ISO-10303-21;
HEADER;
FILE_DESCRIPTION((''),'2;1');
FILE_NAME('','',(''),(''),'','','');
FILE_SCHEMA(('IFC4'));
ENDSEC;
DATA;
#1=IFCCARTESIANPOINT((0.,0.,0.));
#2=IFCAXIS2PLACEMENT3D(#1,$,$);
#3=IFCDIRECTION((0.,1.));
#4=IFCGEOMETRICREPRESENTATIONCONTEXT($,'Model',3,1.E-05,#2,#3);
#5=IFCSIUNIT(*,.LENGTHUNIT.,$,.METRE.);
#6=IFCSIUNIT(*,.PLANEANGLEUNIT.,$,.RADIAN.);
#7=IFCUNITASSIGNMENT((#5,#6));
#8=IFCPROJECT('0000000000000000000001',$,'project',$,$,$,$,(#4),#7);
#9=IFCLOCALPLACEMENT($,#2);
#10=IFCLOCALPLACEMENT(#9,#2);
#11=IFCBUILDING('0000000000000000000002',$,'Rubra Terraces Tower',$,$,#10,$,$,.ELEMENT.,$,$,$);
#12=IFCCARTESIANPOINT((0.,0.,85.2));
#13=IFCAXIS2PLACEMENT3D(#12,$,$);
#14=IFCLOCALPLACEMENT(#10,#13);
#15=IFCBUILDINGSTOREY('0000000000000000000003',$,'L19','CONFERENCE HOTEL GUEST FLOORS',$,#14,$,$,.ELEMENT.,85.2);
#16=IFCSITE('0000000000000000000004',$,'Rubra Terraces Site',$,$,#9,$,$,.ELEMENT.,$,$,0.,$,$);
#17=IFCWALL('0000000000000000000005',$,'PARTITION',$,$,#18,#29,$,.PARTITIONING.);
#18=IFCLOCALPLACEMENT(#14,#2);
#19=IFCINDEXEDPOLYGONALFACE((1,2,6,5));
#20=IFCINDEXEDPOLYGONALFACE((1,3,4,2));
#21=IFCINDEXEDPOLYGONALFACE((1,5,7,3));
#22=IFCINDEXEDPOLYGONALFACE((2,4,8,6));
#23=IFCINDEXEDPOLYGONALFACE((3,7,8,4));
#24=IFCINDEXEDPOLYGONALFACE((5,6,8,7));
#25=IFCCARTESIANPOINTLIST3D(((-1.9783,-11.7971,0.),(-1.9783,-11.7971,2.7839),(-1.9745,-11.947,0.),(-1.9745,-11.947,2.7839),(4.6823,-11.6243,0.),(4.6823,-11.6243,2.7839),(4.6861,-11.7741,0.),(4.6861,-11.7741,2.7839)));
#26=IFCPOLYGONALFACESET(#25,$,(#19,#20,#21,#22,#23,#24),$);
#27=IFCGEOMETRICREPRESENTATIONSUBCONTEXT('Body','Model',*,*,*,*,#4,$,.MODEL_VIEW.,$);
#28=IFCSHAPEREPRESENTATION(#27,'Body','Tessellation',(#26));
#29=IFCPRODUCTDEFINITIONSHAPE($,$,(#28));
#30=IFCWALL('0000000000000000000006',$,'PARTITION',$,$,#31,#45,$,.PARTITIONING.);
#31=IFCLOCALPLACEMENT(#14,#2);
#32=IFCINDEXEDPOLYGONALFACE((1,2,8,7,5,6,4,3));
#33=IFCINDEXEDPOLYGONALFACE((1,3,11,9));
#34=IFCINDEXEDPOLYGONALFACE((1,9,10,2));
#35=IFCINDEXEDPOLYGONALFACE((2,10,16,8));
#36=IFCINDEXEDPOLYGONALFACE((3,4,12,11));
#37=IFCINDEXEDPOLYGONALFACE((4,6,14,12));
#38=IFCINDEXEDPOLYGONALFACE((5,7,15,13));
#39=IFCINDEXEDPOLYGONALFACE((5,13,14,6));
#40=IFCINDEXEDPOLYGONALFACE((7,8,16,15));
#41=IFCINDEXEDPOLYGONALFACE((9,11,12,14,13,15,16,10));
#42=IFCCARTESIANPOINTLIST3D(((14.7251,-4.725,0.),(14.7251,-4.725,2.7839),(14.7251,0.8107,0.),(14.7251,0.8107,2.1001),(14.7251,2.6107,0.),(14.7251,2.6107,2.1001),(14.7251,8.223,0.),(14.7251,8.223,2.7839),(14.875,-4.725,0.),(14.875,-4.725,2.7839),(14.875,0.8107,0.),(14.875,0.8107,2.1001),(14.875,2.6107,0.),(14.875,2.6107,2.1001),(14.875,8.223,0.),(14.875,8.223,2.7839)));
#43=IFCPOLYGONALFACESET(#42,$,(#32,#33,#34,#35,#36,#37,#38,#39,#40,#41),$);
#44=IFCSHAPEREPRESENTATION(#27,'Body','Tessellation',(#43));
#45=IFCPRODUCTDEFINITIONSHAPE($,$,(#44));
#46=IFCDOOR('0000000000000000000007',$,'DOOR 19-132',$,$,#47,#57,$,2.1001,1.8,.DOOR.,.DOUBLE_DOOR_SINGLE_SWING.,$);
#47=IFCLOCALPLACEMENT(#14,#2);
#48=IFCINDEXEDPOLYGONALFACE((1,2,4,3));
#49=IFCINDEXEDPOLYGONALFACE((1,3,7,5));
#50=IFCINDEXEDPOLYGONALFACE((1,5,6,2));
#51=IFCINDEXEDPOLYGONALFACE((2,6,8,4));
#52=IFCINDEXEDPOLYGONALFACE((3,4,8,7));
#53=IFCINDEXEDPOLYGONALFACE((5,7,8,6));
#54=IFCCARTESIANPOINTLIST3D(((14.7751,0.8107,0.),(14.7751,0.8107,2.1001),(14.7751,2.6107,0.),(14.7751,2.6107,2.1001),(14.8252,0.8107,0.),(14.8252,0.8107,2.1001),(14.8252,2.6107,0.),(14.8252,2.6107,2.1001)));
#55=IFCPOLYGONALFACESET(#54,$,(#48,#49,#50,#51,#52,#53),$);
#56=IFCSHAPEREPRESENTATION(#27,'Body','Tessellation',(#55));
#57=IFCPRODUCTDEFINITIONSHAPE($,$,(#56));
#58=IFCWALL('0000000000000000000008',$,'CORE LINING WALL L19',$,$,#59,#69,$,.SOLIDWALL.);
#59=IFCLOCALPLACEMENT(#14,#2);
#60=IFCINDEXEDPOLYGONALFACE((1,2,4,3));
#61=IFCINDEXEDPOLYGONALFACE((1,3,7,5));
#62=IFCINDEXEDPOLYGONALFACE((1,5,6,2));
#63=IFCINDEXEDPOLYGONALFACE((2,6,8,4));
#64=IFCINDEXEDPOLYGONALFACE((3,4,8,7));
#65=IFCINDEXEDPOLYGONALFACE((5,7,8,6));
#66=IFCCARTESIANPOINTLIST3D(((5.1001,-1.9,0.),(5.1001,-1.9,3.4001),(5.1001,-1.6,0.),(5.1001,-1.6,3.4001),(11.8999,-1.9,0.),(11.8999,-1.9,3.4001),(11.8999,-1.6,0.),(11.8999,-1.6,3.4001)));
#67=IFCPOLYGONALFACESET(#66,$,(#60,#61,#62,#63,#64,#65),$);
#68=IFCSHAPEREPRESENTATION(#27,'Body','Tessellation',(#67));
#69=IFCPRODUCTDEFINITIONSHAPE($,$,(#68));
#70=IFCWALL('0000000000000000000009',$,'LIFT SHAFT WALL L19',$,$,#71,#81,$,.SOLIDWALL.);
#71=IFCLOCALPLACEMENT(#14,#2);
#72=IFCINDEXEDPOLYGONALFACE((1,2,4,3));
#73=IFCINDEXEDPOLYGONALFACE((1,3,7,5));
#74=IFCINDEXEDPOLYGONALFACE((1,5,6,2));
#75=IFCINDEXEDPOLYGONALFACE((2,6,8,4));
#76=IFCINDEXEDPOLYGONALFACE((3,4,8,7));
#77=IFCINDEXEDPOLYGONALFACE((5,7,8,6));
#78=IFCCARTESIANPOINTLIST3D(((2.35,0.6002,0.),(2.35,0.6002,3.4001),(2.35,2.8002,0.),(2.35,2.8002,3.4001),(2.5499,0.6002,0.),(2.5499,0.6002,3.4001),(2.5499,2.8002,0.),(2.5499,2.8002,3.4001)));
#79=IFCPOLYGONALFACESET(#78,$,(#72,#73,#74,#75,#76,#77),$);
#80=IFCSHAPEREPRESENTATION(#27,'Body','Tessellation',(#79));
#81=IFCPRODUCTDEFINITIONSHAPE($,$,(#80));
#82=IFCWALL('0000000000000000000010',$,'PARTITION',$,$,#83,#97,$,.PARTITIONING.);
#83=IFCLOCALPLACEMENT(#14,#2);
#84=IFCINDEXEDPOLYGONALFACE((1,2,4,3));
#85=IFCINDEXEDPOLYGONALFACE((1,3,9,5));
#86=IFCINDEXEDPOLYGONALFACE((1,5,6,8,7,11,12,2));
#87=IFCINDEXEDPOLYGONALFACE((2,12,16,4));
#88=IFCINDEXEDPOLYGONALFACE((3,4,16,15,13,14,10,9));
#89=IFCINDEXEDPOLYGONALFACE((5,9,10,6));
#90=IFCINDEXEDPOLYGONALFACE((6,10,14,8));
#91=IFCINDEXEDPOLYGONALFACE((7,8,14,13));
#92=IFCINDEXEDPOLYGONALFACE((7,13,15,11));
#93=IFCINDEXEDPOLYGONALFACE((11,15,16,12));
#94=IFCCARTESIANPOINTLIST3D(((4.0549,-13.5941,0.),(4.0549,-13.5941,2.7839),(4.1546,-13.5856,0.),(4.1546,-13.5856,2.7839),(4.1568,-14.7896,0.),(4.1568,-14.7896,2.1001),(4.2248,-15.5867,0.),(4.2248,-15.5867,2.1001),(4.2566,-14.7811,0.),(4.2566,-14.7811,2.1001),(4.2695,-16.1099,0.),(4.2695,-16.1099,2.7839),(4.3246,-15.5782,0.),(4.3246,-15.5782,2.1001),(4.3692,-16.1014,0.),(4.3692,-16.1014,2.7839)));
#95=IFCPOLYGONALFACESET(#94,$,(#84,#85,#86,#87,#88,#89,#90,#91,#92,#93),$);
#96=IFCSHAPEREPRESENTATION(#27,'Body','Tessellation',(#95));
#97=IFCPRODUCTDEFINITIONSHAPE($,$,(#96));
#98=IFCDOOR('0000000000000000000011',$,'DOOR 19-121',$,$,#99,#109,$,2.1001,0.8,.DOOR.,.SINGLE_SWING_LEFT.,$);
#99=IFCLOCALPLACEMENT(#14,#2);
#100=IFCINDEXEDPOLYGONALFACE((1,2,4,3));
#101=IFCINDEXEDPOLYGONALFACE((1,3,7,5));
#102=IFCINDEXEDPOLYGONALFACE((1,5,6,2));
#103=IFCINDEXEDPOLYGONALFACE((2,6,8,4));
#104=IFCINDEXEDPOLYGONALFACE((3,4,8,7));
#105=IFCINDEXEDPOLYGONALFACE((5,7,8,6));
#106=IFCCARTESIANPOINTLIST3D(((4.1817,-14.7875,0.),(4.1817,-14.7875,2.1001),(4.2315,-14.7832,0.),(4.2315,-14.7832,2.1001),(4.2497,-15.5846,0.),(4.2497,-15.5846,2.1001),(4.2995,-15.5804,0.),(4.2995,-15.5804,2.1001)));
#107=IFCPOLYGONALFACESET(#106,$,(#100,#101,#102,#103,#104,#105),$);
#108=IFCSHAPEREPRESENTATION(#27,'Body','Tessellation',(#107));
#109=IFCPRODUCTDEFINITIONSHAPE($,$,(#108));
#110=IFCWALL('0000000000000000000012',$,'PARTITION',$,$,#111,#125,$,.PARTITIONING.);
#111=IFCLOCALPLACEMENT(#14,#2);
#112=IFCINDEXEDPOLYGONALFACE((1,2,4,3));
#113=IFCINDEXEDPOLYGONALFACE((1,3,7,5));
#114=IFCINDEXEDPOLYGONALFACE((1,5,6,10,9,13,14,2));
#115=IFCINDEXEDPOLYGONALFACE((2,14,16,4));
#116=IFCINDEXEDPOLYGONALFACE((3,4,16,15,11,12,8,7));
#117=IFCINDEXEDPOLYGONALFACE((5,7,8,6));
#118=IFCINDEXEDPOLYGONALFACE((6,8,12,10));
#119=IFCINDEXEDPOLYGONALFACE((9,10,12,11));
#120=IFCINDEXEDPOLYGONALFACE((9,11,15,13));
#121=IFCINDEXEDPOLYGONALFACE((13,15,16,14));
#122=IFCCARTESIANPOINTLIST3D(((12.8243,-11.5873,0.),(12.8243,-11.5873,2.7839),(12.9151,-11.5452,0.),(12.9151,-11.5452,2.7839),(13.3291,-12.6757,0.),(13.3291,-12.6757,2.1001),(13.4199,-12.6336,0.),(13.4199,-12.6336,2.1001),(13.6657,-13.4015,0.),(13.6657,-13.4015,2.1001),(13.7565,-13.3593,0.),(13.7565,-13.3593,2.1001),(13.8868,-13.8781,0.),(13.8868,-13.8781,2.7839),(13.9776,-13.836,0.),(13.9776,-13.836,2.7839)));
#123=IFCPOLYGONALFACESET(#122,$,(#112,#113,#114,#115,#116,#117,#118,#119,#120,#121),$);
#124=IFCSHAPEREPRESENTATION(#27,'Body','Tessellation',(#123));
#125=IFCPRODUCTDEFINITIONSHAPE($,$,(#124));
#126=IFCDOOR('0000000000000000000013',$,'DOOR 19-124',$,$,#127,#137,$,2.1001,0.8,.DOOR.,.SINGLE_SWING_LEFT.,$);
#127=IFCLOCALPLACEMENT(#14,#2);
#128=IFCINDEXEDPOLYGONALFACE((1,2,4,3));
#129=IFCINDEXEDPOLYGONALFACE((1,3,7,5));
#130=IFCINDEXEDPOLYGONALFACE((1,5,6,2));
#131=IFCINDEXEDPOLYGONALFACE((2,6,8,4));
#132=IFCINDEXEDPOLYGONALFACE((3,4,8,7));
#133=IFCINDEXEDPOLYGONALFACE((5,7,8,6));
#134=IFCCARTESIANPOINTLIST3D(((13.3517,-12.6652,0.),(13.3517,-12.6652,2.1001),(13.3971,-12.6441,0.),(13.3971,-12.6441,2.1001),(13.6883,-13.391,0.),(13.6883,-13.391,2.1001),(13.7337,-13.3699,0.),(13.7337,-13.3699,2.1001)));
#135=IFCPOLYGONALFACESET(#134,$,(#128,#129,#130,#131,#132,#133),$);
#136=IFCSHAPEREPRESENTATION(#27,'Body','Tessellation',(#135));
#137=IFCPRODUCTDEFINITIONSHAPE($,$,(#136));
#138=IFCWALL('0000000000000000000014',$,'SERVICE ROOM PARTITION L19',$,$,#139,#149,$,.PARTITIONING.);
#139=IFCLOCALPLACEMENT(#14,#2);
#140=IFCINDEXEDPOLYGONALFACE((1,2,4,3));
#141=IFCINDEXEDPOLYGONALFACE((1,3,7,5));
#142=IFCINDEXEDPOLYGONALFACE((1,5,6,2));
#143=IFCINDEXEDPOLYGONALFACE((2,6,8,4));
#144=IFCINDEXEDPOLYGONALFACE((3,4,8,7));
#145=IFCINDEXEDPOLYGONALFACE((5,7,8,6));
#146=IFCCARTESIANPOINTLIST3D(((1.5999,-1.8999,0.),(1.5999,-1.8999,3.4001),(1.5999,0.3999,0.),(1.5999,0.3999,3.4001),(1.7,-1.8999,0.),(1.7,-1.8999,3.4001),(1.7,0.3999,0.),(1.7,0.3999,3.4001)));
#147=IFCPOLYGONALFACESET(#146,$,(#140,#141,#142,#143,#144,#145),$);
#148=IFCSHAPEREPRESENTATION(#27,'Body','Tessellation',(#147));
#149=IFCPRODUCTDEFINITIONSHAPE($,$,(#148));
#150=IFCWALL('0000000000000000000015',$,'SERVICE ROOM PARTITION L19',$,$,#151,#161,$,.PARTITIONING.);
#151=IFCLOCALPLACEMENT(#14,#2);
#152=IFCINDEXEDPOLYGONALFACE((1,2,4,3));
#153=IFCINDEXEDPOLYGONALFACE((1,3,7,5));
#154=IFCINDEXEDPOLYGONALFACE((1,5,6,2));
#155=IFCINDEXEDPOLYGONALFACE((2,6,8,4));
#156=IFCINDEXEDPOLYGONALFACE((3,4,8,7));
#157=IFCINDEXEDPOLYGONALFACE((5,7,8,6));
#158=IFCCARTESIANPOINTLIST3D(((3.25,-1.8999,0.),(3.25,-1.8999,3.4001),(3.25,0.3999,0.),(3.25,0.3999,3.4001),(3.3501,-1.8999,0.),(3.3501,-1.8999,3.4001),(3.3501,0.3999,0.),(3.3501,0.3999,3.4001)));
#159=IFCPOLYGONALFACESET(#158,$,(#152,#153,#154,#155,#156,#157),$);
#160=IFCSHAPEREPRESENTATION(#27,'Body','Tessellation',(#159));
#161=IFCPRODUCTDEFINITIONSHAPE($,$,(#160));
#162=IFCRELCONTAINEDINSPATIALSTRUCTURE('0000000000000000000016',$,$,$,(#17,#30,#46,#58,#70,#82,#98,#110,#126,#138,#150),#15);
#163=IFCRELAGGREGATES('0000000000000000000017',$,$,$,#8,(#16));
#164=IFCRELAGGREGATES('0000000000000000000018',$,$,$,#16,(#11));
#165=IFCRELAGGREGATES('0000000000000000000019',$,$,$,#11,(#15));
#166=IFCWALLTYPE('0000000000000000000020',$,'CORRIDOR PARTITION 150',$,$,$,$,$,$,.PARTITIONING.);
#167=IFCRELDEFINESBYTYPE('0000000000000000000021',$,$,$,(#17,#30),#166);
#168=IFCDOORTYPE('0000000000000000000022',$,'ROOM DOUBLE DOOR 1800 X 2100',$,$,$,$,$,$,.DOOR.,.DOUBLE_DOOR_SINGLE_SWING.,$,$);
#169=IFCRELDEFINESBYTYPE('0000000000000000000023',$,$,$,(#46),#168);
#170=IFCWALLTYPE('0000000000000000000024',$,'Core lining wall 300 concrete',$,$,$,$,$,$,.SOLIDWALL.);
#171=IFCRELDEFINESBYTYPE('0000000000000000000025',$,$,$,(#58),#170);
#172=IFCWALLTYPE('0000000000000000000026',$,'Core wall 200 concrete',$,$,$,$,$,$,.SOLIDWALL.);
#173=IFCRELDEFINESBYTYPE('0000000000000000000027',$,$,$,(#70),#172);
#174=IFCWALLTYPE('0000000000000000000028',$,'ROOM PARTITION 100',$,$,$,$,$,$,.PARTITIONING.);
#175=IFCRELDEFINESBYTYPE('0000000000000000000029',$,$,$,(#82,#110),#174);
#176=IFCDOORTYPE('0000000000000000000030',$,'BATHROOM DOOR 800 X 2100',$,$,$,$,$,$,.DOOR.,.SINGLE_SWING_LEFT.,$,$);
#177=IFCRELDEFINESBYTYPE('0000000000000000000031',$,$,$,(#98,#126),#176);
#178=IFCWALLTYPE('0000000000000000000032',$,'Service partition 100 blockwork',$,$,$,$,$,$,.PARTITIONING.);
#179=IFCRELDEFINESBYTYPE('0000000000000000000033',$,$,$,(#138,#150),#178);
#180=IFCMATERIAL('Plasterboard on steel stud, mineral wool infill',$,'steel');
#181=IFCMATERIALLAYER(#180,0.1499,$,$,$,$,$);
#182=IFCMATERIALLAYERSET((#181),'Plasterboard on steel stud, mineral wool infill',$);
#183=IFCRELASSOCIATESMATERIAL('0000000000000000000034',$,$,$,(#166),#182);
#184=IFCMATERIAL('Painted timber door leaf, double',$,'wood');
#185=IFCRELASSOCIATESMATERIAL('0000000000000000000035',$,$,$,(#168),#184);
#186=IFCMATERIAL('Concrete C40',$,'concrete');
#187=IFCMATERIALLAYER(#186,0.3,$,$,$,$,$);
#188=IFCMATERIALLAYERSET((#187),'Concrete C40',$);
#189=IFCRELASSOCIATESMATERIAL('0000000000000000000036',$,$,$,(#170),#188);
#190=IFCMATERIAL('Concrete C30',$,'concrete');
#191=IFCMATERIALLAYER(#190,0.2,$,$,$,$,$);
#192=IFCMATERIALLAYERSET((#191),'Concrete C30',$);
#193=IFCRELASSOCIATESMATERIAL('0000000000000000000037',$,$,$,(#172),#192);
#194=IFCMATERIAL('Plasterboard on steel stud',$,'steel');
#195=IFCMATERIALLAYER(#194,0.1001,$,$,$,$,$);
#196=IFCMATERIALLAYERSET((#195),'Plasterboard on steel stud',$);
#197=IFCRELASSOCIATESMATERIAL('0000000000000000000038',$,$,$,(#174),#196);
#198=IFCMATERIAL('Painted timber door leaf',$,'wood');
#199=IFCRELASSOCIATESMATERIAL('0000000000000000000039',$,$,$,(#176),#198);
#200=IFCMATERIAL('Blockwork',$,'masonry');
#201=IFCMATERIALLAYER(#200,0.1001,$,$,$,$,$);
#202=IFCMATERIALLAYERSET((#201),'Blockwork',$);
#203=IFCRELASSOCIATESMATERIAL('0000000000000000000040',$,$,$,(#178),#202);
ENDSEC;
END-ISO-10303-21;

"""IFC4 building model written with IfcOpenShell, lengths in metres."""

from ifc_helpers import new_model, si_unit, direction, frame, frame_2d, origin, place, context, subcontext, project, spatial, rectangle, extrude, material, layer, layer_set, type_object, element, fill, save


model = new_model("IFC4")

# Units and contexts
model_context = context("Model", 3, precision=1e-05, world=origin(), true_north=direction((0.0, 1.0)))
body_context = subcontext(model_context, "Body", "Model", "MODEL_VIEW")
ifc_project = project(units=[si_unit("LENGTHUNIT", "METRE"), si_unit("PLANEANGLEUNIT", "RADIAN")], contexts=[model_context])

# Site, building, storey
site_placement = place(None, origin())
site = spatial("IfcSite", under=ifc_project, at=site_placement, Name="Rubra Terraces Site", CompositionType="ELEMENT", RefElevation=0.0)
building_placement = place(site_placement, origin())
building = spatial("IfcBuilding", under=site, at=building_placement, Name="Rubra Terraces Tower", CompositionType="ELEMENT")
storey_placement = place(building_placement, frame((0.0, 0.0, 85.2)))
storey = spatial("IfcBuildingStorey", under=building, at=storey_placement, Name="L19", Description="CONFERENCE HOTEL GUEST FLOORS", CompositionType="ELEMENT", Elevation=85.2)

# Shared definitions
ifc_material_1 = material(Name="Plasterboard on steel stud, mineral wool infill", Category="steel")
ifc_layer_1 = layer(ifc_material_1, 0.1499)
ifc_layer_set_1 = layer_set([ifc_layer_1], Name="Plasterboard on steel stud, mineral wool infill")
wall_type_1 = type_object("IfcWallType", Name="CORRIDOR PARTITION 150", PredefinedType="PARTITIONING", material=ifc_layer_set_1)
ifc_material_2 = material(Name="Painted timber door leaf", Category="wood")

# Wall
wall_1_placement = place(storey_placement, frame((4.6843, -11.6992, 0.0), z_axis=(0.0, 0.0, 1.0), x_axis=(-0.999663, -0.025942, 0.0)))
element("IfcWall", 1, at=wall_1_placement, inside=storey, type_object=wall_type_1, Name="PARTITION", PredefinedType="PARTITIONING", context=body_context, shape_type="SweptSolid", body=[
    extrude(rectangle(XDim=6.6628, YDim=0.1499, at=frame_2d((3.3315, 0.0))), origin(), (0.0, 0.0, 1.0), 2.7839),
])

# Wall, opening, door
wall_2_placement = place(storey_placement, frame((14.8, -4.7251, 0.0), z_axis=(0.0, 0.0, 1.0), x_axis=(0.0, 1.0, 0.0)))
wall_2 = element("IfcWall", 2, at=wall_2_placement, inside=storey, type_object=wall_type_1, Name="PARTITION", PredefinedType="PARTITIONING", context=body_context, shape_type="SweptSolid", body=[
    extrude(rectangle(XDim=12.948, YDim=0.1499, at=frame_2d((6.4741, 0.0))), origin(), (0.0, 0.0, 1.0), 2.7839),
])
opening_1_placement = place(wall_2_placement, frame((5.5359, 0.0, 0.0)))
opening_1 = element("IfcOpeningElement", 3, at=opening_1_placement, cuts=wall_2, PredefinedType="OPENING", context=body_context, shape_type="SweptSolid", body=[
    extrude(rectangle(XDim=1.8, YDim=2.1001, at=frame_2d((0.8999, 1.05))), frame((0.0, 0.085, 0.0), z_axis=(0.0, -1.0, 0.0), x_axis=(1.0, 0.0, 0.0)), (0.0, 0.0, 1.0), 0.1699),
])
ifc_material_3 = material(Name="Painted timber door leaf, double", Category="wood")
door_type_1 = type_object("IfcDoorType", Name="ROOM DOUBLE DOOR 1800 X 2100", OperationType="DOUBLE_DOOR_SINGLE_SWING", PredefinedType="DOOR", material=ifc_material_3)
door_1_placement = place(opening_1_placement, origin())
door_1 = element("IfcDoor", 4, at=door_1_placement, inside=storey, type_object=door_type_1, Name="DOOR 19-132", OperationType="DOUBLE_DOOR_SINGLE_SWING", OverallHeight=2.1001, OverallWidth=1.8, PredefinedType="DOOR", context=body_context, shape_type="SweptSolid", body=[
    extrude(rectangle(XDim=1.8, YDim=2.1001, at=frame_2d((0.8999, 1.05))), frame((0.0, 0.0249, 0.0), z_axis=(0.0, -1.0, 0.0), x_axis=(1.0, 0.0, 0.0)), (0.0, 0.0, 1.0), 0.05),
])
fill(opening_1, door_1)

# Walls
ifc_material_4 = material(Name="Concrete C40", Category="concrete")
ifc_layer_2 = layer(ifc_material_4, 0.3)
ifc_layer_set_2 = layer_set([ifc_layer_2], Name="Concrete C40")
wall_type_2 = type_object("IfcWallType", Name="Core lining wall 300 concrete", PredefinedType="SOLIDWALL", material=ifc_layer_set_2)
wall_3_placement = place(storey_placement, frame((11.8999, -1.75, 0.0), z_axis=(0.0, 0.0, 1.0), x_axis=(-1.0, 0.0, 0.0)))
element("IfcWall", 5, at=wall_3_placement, inside=storey, type_object=wall_type_2, Name="CORE LINING WALL L19", PredefinedType="SOLIDWALL", context=body_context, shape_type="SweptSolid", body=[
    extrude(rectangle(XDim=6.7998, YDim=0.3, at=frame_2d((3.3999, 0.0))), origin(), (0.0, 0.0, 1.0), 3.4001),
])
ifc_material_5 = material(Name="Concrete C30", Category="concrete")
ifc_layer_3 = layer(ifc_material_5, 0.2)
ifc_layer_set_3 = layer_set([ifc_layer_3], Name="Concrete C30")
wall_type_3 = type_object("IfcWallType", Name="Core wall 200 concrete", PredefinedType="SOLIDWALL", material=ifc_layer_set_3)
wall_4_placement = place(storey_placement, frame((2.45, 0.6001, 0.0), z_axis=(0.0, 0.0, 1.0), x_axis=(0.0, 1.0, 0.0)))
element("IfcWall", 6, at=wall_4_placement, inside=storey, type_object=wall_type_3, Name="LIFT SHAFT WALL L19", PredefinedType="SOLIDWALL", context=body_context, shape_type="SweptSolid", body=[
    extrude(rectangle(XDim=2.2, YDim=0.2, at=frame_2d((1.1001, 0.0))), origin(), (0.0, 0.0, 1.0), 3.4001),
])

# Walls, openings, doors
ifc_material_6 = material(Name="Plasterboard on steel stud", Category="steel")
ifc_layer_4 = layer(ifc_material_6, 0.1001)
ifc_layer_set_4 = layer_set([ifc_layer_4], Name="Plasterboard on steel stud")
wall_type_4 = type_object("IfcWallType", Name="ROOM PARTITION 100", PredefinedType="PARTITIONING", material=ifc_layer_set_4)
wall_5_placement = place(storey_placement, frame((4.1047, -13.5898, 0.0), z_axis=(0.0, 0.0, 1.0), x_axis=(0.08499, -0.996382, 0.0)))
wall_5 = element("IfcWall", 7, at=wall_5_placement, inside=storey, type_object=wall_type_4, Name="PARTITION", PredefinedType="PARTITIONING", context=body_context, shape_type="SweptSolid", body=[
    extrude(rectangle(XDim=2.5249, YDim=0.1001, at=frame_2d((1.2625, 0.0))), origin(), (0.0, 0.0, 1.0), 2.7839),
])
opening_2_placement = place(wall_5_placement, frame((1.2, 0.0, 0.0)))
opening_2 = element("IfcOpeningElement", 8, at=opening_2_placement, cuts=wall_5, PredefinedType="OPENING", context=body_context, shape_type="SweptSolid", body=[
    extrude(rectangle(XDim=0.8, YDim=2.1001, at=frame_2d((0.3999, 1.05))), frame((0.0, 0.0601, 0.0), z_axis=(0.0, -1.0, 0.0), x_axis=(1.0, 0.0, 0.0)), (0.0, 0.0, 1.0), 0.1201),
])
door_type_2 = type_object("IfcDoorType", Name="BATHROOM DOOR 800 X 2100", OperationType="SINGLE_SWING_LEFT", PredefinedType="DOOR", material=ifc_material_2)
door_2_placement = place(opening_2_placement, origin())
door_2 = element("IfcDoor", 9, at=door_2_placement, inside=storey, type_object=door_type_2, Name="DOOR 19-121", OperationType="SINGLE_SWING_LEFT", OverallHeight=2.1001, OverallWidth=0.8, PredefinedType="DOOR", context=body_context, shape_type="SweptSolid", body=[
    extrude(rectangle(XDim=0.8, YDim=2.1001, at=frame_2d((0.3999, 1.05))), frame((0.0, 0.0249, 0.0), z_axis=(0.0, -1.0, 0.0), x_axis=(1.0, 0.0, 0.0)), (0.0, 0.0, 1.0), 0.05),
])
fill(opening_2, door_2)
wall_6_placement = place(storey_placement, frame((12.8696, -11.5662, 0.0), z_axis=(0.0, 0.0, 1.0), x_axis=(0.420762, -0.907171, 0.0)))
wall_6 = element("IfcWall", 10, at=wall_6_placement, inside=storey, type_object=wall_type_4, Name="PARTITION", PredefinedType="PARTITIONING", context=body_context, shape_type="SweptSolid", body=[
    extrude(rectangle(XDim=2.5251, YDim=0.1001, at=frame_2d((1.2627, 0.0))), origin(), (0.0, 0.0, 1.0), 2.7839),
])
opening_3_placement = place(wall_6_placement, frame((1.2, 0.0, 0.0)))
opening_3 = element("IfcOpeningElement", 11, at=opening_3_placement, cuts=wall_6, PredefinedType="OPENING", context=body_context, shape_type="SweptSolid", body=[
    extrude(rectangle(XDim=0.8, YDim=2.1001, at=frame_2d((0.3999, 1.05))), frame((0.0, 0.0601, 0.0), z_axis=(0.0, -1.0, 0.0), x_axis=(1.0, 0.0, 0.0)), (0.0, 0.0, 1.0), 0.1201),
])
door_3_placement = place(opening_3_placement, origin())
door_3 = element("IfcDoor", 12, at=door_3_placement, inside=storey, type_object=door_type_2, Name="DOOR 19-124", OperationType="SINGLE_SWING_LEFT", OverallHeight=2.1001, OverallWidth=0.8, PredefinedType="DOOR", context=body_context, shape_type="SweptSolid", body=[
    extrude(rectangle(XDim=0.8, YDim=2.1001, at=frame_2d((0.3999, 1.05))), frame((0.0, 0.0249, 0.0), z_axis=(0.0, -1.0, 0.0), x_axis=(1.0, 0.0, 0.0)), (0.0, 0.0, 1.0), 0.05),
])
fill(opening_3, door_3)

# Walls
ifc_material_7 = material(Name="Blockwork", Category="masonry")
ifc_layer_5 = layer(ifc_material_7, 0.1001)
ifc_layer_set_5 = layer_set([ifc_layer_5], Name="Blockwork")
wall_type_5 = type_object("IfcWallType", Name="Service partition 100 blockwork", PredefinedType="PARTITIONING", material=ifc_layer_set_5)
for number, where, z_axis, x_axis, name in (
    (13, (1.6499, -1.8999, 0.0), (0.0, 0.0, 1.0), (0.0, 1.0, 0.0), "SERVICE ROOM PARTITION L19"),
    (14, (3.3, -1.8999, 0.0), (0.0, 0.0, 1.0), (0.0, 1.0, 0.0), "SERVICE ROOM PARTITION L19"),
):
    element("IfcWall", number, at=place(storey_placement, frame(where, z_axis=z_axis, x_axis=x_axis)), inside=storey, type_object=wall_type_5, Name=name, PredefinedType="PARTITIONING", context=body_context, shape_type="SweptSolid", body=[
        extrude(rectangle(XDim=2.2998, YDim=0.1001, at=frame_2d((1.1499, 0.0))), origin(), (0.0, 0.0, 1.0), 3.4001),
    ])

save(model, "model.ifc")
